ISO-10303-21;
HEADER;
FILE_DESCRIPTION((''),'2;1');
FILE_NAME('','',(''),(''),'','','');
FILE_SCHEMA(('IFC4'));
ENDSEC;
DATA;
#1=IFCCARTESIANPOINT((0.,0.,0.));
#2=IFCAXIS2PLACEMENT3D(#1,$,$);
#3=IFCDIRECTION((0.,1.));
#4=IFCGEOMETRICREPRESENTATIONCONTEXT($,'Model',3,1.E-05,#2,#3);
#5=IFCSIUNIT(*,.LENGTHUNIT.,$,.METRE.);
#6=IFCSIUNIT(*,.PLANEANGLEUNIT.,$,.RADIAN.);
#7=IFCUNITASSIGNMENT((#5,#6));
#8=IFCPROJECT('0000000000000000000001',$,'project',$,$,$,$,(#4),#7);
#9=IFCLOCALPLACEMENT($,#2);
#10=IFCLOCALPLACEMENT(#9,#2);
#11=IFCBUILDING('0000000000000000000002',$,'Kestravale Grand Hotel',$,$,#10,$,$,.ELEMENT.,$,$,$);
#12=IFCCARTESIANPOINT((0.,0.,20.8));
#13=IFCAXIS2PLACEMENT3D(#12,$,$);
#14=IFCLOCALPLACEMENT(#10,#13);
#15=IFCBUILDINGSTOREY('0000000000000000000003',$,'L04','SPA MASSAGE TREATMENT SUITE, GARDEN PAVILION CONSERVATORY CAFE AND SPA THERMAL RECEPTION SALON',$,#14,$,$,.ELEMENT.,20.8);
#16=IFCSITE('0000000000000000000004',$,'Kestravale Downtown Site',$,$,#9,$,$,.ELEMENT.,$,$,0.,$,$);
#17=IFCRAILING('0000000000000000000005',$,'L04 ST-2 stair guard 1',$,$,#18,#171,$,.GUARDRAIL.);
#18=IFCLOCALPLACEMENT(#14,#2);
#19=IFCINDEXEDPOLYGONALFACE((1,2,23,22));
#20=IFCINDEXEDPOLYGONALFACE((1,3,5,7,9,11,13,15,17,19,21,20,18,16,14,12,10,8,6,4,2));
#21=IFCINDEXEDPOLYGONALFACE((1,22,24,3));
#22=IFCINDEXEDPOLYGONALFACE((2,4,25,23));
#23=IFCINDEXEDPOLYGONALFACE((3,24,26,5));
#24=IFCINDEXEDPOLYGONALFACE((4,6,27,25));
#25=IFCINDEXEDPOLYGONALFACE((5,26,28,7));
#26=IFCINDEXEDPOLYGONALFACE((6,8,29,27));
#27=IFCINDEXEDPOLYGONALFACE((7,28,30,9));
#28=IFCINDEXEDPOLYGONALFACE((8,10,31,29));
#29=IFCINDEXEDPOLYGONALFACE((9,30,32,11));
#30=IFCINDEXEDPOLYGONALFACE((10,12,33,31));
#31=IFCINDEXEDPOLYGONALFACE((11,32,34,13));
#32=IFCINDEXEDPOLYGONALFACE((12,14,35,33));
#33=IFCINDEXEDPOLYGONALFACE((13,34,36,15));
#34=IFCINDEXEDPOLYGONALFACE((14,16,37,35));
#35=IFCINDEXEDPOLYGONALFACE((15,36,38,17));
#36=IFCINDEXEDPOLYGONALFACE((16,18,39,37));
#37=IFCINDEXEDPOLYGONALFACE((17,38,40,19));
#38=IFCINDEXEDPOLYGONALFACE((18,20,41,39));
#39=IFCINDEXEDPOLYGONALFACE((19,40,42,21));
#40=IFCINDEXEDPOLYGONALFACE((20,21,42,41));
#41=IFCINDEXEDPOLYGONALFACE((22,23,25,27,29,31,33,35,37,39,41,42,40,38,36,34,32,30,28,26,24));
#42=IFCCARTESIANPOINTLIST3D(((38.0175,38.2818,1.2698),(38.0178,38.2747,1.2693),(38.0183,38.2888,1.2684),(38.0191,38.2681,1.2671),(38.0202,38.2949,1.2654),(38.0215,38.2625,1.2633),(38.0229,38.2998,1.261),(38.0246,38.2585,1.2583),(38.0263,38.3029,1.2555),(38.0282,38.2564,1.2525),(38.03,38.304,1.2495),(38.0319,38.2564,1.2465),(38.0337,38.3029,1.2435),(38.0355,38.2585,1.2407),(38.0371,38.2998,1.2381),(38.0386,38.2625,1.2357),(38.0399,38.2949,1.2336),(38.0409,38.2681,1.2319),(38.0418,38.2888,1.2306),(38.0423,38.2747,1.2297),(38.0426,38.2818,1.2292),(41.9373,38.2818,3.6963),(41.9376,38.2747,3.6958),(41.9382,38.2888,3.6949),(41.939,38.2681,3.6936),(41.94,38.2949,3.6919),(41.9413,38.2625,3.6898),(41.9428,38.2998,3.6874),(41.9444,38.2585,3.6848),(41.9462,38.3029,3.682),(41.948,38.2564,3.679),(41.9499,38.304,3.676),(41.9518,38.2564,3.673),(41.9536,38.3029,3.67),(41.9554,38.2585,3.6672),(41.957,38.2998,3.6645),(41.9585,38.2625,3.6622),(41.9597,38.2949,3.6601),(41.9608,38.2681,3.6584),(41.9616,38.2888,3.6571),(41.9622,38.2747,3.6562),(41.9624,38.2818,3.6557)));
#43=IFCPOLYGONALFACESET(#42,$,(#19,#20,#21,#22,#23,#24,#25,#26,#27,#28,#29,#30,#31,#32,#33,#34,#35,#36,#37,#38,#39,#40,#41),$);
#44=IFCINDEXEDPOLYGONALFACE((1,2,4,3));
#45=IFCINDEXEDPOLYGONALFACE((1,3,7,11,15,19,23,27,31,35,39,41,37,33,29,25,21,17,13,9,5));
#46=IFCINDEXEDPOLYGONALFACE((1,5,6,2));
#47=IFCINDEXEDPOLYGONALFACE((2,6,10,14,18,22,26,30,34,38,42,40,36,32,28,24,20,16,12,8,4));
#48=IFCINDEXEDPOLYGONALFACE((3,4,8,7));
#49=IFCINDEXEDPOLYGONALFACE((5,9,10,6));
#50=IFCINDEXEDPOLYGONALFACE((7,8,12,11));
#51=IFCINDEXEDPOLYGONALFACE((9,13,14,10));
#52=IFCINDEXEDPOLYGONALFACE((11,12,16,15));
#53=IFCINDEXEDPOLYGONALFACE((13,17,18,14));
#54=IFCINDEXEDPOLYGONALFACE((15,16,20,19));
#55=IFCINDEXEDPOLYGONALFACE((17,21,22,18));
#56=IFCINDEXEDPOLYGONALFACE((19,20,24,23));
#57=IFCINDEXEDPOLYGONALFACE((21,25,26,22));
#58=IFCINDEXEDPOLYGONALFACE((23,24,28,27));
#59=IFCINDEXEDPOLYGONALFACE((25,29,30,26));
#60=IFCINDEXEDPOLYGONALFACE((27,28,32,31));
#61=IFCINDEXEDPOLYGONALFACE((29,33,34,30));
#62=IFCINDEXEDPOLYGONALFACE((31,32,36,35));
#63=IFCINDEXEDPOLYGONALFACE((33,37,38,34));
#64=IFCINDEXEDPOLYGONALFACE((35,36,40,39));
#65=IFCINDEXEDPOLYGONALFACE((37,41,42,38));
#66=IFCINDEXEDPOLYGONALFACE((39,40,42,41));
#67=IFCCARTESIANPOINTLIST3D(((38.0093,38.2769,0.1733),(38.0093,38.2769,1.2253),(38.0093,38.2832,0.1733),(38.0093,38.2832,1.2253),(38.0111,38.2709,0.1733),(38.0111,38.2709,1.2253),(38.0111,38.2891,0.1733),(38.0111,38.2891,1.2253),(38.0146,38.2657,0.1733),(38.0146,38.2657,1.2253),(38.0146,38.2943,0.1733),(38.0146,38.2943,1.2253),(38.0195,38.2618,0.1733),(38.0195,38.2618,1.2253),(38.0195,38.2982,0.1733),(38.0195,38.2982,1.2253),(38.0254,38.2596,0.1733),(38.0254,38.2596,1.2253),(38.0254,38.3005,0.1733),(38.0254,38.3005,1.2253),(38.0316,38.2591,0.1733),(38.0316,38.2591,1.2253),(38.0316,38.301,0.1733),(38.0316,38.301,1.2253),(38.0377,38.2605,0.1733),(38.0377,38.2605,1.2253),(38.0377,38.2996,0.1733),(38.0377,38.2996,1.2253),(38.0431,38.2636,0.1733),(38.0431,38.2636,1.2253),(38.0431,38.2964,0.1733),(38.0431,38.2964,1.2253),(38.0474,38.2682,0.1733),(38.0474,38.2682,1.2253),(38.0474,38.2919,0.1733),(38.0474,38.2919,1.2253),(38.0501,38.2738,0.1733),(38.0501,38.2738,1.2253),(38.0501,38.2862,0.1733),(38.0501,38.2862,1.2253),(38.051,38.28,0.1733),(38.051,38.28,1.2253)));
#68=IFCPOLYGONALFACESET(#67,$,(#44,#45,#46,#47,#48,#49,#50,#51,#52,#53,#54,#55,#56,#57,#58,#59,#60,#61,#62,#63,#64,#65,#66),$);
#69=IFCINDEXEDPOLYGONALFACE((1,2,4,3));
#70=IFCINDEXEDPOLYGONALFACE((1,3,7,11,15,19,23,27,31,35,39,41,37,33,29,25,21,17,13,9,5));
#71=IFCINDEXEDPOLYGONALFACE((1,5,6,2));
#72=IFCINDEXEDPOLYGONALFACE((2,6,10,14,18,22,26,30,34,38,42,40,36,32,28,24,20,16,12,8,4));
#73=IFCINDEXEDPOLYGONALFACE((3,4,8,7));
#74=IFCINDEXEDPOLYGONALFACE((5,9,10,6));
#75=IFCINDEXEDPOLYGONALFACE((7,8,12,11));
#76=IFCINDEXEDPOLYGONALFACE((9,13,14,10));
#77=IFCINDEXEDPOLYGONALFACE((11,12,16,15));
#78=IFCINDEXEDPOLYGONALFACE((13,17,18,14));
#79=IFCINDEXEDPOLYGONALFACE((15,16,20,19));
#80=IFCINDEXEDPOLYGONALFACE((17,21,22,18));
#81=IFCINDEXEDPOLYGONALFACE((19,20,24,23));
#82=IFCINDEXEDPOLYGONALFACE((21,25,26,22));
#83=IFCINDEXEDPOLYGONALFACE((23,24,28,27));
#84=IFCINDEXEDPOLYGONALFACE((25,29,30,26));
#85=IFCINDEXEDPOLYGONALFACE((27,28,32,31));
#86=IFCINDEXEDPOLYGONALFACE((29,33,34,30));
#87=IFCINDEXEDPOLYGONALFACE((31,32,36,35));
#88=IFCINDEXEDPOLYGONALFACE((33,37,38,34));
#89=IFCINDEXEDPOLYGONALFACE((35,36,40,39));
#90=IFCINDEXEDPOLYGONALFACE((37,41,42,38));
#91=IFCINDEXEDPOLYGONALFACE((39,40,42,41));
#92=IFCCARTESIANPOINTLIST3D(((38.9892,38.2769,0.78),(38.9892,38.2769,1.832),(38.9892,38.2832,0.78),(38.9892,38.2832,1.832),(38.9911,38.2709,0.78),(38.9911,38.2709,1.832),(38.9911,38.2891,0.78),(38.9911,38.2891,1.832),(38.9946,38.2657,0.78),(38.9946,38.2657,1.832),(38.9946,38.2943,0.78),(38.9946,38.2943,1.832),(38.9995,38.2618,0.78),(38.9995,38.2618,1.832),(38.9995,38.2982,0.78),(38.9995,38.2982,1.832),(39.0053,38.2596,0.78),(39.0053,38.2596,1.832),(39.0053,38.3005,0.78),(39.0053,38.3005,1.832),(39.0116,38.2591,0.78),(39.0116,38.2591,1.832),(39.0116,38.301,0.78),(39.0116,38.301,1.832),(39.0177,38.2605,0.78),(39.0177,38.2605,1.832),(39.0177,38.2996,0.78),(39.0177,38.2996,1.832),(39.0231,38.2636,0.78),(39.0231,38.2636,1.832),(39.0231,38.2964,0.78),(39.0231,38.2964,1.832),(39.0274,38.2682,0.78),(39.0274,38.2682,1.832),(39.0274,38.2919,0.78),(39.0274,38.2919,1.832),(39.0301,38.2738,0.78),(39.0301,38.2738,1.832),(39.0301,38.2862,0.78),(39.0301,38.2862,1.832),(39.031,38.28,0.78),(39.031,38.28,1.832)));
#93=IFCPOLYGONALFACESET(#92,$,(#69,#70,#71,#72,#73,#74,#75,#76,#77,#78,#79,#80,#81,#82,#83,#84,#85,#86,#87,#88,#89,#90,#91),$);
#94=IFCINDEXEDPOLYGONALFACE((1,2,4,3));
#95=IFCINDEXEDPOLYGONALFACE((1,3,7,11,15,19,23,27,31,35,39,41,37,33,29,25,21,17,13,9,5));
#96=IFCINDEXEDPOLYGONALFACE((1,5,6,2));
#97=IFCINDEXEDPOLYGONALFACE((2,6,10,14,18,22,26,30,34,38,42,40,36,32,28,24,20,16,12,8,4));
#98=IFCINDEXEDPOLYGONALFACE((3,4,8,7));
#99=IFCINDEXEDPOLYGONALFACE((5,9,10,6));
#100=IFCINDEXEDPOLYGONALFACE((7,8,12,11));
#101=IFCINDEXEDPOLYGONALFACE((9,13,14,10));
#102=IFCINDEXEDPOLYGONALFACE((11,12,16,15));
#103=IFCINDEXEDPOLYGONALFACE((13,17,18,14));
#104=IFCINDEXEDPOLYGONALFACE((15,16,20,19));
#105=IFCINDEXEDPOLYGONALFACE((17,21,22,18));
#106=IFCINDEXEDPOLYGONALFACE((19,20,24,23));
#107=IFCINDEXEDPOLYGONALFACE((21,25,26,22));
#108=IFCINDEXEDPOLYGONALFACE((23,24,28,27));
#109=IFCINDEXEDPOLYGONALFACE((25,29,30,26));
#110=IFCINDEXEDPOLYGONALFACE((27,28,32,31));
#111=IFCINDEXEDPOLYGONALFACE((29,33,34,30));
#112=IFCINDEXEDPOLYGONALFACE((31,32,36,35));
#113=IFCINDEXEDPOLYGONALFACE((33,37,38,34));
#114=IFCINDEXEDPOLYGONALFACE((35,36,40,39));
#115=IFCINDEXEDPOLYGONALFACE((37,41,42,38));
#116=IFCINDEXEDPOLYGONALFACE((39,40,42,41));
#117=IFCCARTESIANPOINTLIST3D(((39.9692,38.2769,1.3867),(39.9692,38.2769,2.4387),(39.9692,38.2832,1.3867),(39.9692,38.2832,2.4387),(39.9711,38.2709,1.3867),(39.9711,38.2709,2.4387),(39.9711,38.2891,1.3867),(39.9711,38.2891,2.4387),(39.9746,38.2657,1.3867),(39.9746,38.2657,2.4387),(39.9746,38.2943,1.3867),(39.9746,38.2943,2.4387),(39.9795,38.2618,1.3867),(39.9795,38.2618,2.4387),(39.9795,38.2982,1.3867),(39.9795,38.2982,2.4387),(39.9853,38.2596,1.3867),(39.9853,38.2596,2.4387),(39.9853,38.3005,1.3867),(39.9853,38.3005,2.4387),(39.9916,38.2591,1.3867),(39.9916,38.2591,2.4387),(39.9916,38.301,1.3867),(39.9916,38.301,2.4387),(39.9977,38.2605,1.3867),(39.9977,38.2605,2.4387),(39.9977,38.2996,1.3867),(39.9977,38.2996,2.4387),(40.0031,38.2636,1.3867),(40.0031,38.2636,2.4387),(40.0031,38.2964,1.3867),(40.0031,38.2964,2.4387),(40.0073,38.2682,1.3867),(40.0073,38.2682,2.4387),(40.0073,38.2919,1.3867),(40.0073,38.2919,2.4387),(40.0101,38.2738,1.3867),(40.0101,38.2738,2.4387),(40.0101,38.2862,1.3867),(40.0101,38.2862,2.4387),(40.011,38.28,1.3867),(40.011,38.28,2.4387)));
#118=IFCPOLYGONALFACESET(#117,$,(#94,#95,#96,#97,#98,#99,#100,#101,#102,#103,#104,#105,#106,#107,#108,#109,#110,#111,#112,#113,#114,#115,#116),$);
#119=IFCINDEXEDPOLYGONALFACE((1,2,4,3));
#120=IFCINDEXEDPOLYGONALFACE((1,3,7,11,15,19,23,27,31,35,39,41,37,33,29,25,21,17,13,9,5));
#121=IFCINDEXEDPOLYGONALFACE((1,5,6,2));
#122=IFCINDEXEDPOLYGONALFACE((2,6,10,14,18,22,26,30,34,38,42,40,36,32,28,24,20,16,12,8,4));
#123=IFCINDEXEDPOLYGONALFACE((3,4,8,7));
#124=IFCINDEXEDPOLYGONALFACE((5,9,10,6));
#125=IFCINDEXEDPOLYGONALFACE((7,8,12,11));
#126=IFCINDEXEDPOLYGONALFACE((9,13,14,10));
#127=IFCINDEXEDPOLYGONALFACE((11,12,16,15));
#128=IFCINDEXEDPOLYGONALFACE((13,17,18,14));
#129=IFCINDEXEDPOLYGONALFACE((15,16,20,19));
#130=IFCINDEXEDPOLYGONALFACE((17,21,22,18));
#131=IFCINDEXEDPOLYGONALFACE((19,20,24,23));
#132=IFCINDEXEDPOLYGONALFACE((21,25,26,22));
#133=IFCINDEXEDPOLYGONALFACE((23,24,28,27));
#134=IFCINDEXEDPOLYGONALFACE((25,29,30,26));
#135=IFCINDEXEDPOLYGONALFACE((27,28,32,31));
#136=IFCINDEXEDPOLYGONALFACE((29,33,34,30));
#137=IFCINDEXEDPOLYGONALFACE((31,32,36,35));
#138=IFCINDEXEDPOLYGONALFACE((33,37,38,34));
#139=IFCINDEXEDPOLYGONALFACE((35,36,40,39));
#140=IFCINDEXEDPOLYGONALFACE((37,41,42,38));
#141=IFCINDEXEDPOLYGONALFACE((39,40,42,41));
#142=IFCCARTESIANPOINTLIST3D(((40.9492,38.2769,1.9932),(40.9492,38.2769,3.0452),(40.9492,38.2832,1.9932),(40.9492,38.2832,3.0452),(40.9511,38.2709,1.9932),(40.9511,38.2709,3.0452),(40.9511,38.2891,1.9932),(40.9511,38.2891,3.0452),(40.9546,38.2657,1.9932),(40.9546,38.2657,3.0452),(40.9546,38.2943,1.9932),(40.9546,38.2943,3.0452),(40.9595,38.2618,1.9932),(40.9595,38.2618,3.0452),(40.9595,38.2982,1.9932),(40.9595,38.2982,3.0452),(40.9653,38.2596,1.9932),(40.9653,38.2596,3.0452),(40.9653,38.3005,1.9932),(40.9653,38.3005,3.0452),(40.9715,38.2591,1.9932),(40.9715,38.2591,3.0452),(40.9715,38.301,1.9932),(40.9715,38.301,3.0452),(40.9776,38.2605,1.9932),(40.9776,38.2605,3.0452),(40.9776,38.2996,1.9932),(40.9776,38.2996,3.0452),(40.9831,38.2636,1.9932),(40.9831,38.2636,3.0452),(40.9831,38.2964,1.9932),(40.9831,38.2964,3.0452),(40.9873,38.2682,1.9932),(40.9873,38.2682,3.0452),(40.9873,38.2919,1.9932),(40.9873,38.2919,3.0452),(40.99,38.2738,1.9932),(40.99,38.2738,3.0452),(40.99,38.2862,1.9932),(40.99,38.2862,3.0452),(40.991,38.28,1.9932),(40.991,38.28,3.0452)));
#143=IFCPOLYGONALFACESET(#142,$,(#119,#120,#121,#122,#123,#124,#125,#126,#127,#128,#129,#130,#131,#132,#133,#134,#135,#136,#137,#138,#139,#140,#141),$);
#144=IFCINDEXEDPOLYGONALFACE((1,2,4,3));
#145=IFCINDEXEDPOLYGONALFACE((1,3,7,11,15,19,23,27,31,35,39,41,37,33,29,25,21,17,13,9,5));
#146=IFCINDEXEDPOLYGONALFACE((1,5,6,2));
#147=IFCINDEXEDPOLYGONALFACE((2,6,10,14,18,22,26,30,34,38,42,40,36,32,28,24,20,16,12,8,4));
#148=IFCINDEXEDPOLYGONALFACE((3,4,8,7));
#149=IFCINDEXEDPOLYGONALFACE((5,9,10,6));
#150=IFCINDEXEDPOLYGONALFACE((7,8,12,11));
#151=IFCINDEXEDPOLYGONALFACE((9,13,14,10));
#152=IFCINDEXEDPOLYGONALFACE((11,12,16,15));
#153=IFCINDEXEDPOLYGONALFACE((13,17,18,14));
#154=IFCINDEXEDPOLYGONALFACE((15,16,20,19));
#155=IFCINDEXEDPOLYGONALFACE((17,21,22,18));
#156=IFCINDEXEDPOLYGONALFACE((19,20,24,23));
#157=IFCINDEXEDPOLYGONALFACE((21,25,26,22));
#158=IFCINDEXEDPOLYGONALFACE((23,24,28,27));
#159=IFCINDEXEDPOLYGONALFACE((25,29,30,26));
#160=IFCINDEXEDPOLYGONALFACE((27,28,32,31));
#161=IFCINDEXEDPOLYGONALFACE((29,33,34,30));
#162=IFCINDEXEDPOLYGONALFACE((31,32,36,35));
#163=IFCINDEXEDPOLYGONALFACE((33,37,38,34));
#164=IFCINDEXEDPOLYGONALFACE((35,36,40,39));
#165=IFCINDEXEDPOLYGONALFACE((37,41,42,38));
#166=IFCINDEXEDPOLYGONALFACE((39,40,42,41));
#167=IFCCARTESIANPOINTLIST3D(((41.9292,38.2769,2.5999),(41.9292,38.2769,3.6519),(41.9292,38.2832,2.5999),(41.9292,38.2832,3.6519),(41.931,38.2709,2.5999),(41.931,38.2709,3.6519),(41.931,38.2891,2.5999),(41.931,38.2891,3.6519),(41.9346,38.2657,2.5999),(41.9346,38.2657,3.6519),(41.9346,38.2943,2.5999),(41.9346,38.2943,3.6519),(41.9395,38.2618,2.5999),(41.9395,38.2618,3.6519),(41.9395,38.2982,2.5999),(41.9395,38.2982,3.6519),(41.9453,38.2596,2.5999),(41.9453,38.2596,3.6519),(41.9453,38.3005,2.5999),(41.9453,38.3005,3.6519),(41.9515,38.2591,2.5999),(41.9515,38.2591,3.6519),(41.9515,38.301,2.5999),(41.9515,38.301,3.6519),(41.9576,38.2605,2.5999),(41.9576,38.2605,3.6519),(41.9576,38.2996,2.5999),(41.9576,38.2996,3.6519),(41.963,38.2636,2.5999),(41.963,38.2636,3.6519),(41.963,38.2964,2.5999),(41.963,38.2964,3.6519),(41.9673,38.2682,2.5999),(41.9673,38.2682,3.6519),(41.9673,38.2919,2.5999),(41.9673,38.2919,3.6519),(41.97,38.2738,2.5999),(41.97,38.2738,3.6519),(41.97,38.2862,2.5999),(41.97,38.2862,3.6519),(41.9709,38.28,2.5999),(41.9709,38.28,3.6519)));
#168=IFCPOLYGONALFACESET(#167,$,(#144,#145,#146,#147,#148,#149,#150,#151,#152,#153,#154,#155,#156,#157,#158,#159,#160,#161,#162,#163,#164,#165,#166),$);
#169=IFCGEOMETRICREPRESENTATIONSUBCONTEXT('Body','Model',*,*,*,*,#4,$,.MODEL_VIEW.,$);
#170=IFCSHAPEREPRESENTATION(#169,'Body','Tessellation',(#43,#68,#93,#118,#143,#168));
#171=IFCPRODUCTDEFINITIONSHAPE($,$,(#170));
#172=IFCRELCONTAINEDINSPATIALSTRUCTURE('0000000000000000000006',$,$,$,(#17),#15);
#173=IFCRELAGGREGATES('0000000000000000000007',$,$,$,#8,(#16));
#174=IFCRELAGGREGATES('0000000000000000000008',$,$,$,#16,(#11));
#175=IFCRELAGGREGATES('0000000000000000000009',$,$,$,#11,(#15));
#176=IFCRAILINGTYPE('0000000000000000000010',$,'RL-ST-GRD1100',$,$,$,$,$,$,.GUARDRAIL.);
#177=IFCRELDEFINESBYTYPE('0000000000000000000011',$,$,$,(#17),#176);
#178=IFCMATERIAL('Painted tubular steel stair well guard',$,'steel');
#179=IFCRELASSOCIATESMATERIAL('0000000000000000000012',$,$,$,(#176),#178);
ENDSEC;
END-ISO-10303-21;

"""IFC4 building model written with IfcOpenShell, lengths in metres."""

from ifc_helpers import new_model, si_unit, direction, frame, origin, origin_2d, place, context, subcontext, project, spatial, circle, extrude, material, type_object, element, save


model = new_model("IFC4")

# Units and contexts
model_context = context("Model", 3, precision=1e-05, world=origin(), true_north=direction((0.0, 1.0)))
body_context = subcontext(model_context, "Body", "Model", "MODEL_VIEW")
ifc_project = project(units=[si_unit("LENGTHUNIT", "METRE"), si_unit("PLANEANGLEUNIT", "RADIAN")], contexts=[model_context])

# Site, building, storey
site_placement = place(None, origin())
site = spatial("IfcSite", under=ifc_project, at=site_placement, Name="Kestravale Downtown Site", CompositionType="ELEMENT", RefElevation=0.0)
building_placement = place(site_placement, origin())
building = spatial("IfcBuilding", under=site, at=building_placement, Name="Kestravale Grand Hotel", CompositionType="ELEMENT")
storey_placement = place(building_placement, frame((0.0, 0.0, 20.8)))
storey = spatial("IfcBuildingStorey", under=building, at=storey_placement, Name="L04", Description="SPA MASSAGE TREATMENT SUITE, GARDEN PAVILION CONSERVATORY CAFE AND SPA THERMAL RECEPTION SALON", CompositionType="ELEMENT", Elevation=20.8)

# Railing
ifc_material_1 = material(Name="Painted tubular steel stair well guard", Category="steel")
railing_type_1 = type_object("IfcRailingType", Name="RL-ST-GRD1100", PredefinedType="GUARDRAIL", material=ifc_material_1)
railing_1_placement = place(storey_placement, frame((38.03, 38.28, 0.1733)))
element("IfcRailing", 1, at=railing_1_placement, inside=storey, type_object=railing_type_1, Name="L04 ST-2 stair guard 1", PredefinedType="GUARDRAIL", context=body_context, shape_type="SweptSolid", body=[
    extrude(circle(Radius=0.0239, at=origin_2d()), frame((0.0, 0.0, 1.0762), z_axis=(0.850275, 0.0, 0.526338), x_axis=(0.0, 1.0, 0.0)), (0.0, 0.0, 1.0), 4.6101),
    extrude(circle(Radius=0.021, at=origin_2d()), origin(), (0.0, 0.0, 1.0), 1.052),
    extrude(circle(Radius=0.021, at=origin_2d()), frame((0.98, 0.0, 0.6067)), (0.0, 0.0, 1.0), 1.052),
    extrude(circle(Radius=0.021, at=origin_2d()), frame((1.96, 0.0, 1.2134)), (0.0, 0.0, 1.0), 1.052),
    extrude(circle(Radius=0.021, at=origin_2d()), frame((2.9399, 0.0, 1.8198)), (0.0, 0.0, 1.0), 1.052),
    extrude(circle(Radius=0.021, at=origin_2d()), frame((3.9199, 0.0, 2.4265)), (0.0, 0.0, 1.0), 1.052),
])

save(model, "model.ifc")
